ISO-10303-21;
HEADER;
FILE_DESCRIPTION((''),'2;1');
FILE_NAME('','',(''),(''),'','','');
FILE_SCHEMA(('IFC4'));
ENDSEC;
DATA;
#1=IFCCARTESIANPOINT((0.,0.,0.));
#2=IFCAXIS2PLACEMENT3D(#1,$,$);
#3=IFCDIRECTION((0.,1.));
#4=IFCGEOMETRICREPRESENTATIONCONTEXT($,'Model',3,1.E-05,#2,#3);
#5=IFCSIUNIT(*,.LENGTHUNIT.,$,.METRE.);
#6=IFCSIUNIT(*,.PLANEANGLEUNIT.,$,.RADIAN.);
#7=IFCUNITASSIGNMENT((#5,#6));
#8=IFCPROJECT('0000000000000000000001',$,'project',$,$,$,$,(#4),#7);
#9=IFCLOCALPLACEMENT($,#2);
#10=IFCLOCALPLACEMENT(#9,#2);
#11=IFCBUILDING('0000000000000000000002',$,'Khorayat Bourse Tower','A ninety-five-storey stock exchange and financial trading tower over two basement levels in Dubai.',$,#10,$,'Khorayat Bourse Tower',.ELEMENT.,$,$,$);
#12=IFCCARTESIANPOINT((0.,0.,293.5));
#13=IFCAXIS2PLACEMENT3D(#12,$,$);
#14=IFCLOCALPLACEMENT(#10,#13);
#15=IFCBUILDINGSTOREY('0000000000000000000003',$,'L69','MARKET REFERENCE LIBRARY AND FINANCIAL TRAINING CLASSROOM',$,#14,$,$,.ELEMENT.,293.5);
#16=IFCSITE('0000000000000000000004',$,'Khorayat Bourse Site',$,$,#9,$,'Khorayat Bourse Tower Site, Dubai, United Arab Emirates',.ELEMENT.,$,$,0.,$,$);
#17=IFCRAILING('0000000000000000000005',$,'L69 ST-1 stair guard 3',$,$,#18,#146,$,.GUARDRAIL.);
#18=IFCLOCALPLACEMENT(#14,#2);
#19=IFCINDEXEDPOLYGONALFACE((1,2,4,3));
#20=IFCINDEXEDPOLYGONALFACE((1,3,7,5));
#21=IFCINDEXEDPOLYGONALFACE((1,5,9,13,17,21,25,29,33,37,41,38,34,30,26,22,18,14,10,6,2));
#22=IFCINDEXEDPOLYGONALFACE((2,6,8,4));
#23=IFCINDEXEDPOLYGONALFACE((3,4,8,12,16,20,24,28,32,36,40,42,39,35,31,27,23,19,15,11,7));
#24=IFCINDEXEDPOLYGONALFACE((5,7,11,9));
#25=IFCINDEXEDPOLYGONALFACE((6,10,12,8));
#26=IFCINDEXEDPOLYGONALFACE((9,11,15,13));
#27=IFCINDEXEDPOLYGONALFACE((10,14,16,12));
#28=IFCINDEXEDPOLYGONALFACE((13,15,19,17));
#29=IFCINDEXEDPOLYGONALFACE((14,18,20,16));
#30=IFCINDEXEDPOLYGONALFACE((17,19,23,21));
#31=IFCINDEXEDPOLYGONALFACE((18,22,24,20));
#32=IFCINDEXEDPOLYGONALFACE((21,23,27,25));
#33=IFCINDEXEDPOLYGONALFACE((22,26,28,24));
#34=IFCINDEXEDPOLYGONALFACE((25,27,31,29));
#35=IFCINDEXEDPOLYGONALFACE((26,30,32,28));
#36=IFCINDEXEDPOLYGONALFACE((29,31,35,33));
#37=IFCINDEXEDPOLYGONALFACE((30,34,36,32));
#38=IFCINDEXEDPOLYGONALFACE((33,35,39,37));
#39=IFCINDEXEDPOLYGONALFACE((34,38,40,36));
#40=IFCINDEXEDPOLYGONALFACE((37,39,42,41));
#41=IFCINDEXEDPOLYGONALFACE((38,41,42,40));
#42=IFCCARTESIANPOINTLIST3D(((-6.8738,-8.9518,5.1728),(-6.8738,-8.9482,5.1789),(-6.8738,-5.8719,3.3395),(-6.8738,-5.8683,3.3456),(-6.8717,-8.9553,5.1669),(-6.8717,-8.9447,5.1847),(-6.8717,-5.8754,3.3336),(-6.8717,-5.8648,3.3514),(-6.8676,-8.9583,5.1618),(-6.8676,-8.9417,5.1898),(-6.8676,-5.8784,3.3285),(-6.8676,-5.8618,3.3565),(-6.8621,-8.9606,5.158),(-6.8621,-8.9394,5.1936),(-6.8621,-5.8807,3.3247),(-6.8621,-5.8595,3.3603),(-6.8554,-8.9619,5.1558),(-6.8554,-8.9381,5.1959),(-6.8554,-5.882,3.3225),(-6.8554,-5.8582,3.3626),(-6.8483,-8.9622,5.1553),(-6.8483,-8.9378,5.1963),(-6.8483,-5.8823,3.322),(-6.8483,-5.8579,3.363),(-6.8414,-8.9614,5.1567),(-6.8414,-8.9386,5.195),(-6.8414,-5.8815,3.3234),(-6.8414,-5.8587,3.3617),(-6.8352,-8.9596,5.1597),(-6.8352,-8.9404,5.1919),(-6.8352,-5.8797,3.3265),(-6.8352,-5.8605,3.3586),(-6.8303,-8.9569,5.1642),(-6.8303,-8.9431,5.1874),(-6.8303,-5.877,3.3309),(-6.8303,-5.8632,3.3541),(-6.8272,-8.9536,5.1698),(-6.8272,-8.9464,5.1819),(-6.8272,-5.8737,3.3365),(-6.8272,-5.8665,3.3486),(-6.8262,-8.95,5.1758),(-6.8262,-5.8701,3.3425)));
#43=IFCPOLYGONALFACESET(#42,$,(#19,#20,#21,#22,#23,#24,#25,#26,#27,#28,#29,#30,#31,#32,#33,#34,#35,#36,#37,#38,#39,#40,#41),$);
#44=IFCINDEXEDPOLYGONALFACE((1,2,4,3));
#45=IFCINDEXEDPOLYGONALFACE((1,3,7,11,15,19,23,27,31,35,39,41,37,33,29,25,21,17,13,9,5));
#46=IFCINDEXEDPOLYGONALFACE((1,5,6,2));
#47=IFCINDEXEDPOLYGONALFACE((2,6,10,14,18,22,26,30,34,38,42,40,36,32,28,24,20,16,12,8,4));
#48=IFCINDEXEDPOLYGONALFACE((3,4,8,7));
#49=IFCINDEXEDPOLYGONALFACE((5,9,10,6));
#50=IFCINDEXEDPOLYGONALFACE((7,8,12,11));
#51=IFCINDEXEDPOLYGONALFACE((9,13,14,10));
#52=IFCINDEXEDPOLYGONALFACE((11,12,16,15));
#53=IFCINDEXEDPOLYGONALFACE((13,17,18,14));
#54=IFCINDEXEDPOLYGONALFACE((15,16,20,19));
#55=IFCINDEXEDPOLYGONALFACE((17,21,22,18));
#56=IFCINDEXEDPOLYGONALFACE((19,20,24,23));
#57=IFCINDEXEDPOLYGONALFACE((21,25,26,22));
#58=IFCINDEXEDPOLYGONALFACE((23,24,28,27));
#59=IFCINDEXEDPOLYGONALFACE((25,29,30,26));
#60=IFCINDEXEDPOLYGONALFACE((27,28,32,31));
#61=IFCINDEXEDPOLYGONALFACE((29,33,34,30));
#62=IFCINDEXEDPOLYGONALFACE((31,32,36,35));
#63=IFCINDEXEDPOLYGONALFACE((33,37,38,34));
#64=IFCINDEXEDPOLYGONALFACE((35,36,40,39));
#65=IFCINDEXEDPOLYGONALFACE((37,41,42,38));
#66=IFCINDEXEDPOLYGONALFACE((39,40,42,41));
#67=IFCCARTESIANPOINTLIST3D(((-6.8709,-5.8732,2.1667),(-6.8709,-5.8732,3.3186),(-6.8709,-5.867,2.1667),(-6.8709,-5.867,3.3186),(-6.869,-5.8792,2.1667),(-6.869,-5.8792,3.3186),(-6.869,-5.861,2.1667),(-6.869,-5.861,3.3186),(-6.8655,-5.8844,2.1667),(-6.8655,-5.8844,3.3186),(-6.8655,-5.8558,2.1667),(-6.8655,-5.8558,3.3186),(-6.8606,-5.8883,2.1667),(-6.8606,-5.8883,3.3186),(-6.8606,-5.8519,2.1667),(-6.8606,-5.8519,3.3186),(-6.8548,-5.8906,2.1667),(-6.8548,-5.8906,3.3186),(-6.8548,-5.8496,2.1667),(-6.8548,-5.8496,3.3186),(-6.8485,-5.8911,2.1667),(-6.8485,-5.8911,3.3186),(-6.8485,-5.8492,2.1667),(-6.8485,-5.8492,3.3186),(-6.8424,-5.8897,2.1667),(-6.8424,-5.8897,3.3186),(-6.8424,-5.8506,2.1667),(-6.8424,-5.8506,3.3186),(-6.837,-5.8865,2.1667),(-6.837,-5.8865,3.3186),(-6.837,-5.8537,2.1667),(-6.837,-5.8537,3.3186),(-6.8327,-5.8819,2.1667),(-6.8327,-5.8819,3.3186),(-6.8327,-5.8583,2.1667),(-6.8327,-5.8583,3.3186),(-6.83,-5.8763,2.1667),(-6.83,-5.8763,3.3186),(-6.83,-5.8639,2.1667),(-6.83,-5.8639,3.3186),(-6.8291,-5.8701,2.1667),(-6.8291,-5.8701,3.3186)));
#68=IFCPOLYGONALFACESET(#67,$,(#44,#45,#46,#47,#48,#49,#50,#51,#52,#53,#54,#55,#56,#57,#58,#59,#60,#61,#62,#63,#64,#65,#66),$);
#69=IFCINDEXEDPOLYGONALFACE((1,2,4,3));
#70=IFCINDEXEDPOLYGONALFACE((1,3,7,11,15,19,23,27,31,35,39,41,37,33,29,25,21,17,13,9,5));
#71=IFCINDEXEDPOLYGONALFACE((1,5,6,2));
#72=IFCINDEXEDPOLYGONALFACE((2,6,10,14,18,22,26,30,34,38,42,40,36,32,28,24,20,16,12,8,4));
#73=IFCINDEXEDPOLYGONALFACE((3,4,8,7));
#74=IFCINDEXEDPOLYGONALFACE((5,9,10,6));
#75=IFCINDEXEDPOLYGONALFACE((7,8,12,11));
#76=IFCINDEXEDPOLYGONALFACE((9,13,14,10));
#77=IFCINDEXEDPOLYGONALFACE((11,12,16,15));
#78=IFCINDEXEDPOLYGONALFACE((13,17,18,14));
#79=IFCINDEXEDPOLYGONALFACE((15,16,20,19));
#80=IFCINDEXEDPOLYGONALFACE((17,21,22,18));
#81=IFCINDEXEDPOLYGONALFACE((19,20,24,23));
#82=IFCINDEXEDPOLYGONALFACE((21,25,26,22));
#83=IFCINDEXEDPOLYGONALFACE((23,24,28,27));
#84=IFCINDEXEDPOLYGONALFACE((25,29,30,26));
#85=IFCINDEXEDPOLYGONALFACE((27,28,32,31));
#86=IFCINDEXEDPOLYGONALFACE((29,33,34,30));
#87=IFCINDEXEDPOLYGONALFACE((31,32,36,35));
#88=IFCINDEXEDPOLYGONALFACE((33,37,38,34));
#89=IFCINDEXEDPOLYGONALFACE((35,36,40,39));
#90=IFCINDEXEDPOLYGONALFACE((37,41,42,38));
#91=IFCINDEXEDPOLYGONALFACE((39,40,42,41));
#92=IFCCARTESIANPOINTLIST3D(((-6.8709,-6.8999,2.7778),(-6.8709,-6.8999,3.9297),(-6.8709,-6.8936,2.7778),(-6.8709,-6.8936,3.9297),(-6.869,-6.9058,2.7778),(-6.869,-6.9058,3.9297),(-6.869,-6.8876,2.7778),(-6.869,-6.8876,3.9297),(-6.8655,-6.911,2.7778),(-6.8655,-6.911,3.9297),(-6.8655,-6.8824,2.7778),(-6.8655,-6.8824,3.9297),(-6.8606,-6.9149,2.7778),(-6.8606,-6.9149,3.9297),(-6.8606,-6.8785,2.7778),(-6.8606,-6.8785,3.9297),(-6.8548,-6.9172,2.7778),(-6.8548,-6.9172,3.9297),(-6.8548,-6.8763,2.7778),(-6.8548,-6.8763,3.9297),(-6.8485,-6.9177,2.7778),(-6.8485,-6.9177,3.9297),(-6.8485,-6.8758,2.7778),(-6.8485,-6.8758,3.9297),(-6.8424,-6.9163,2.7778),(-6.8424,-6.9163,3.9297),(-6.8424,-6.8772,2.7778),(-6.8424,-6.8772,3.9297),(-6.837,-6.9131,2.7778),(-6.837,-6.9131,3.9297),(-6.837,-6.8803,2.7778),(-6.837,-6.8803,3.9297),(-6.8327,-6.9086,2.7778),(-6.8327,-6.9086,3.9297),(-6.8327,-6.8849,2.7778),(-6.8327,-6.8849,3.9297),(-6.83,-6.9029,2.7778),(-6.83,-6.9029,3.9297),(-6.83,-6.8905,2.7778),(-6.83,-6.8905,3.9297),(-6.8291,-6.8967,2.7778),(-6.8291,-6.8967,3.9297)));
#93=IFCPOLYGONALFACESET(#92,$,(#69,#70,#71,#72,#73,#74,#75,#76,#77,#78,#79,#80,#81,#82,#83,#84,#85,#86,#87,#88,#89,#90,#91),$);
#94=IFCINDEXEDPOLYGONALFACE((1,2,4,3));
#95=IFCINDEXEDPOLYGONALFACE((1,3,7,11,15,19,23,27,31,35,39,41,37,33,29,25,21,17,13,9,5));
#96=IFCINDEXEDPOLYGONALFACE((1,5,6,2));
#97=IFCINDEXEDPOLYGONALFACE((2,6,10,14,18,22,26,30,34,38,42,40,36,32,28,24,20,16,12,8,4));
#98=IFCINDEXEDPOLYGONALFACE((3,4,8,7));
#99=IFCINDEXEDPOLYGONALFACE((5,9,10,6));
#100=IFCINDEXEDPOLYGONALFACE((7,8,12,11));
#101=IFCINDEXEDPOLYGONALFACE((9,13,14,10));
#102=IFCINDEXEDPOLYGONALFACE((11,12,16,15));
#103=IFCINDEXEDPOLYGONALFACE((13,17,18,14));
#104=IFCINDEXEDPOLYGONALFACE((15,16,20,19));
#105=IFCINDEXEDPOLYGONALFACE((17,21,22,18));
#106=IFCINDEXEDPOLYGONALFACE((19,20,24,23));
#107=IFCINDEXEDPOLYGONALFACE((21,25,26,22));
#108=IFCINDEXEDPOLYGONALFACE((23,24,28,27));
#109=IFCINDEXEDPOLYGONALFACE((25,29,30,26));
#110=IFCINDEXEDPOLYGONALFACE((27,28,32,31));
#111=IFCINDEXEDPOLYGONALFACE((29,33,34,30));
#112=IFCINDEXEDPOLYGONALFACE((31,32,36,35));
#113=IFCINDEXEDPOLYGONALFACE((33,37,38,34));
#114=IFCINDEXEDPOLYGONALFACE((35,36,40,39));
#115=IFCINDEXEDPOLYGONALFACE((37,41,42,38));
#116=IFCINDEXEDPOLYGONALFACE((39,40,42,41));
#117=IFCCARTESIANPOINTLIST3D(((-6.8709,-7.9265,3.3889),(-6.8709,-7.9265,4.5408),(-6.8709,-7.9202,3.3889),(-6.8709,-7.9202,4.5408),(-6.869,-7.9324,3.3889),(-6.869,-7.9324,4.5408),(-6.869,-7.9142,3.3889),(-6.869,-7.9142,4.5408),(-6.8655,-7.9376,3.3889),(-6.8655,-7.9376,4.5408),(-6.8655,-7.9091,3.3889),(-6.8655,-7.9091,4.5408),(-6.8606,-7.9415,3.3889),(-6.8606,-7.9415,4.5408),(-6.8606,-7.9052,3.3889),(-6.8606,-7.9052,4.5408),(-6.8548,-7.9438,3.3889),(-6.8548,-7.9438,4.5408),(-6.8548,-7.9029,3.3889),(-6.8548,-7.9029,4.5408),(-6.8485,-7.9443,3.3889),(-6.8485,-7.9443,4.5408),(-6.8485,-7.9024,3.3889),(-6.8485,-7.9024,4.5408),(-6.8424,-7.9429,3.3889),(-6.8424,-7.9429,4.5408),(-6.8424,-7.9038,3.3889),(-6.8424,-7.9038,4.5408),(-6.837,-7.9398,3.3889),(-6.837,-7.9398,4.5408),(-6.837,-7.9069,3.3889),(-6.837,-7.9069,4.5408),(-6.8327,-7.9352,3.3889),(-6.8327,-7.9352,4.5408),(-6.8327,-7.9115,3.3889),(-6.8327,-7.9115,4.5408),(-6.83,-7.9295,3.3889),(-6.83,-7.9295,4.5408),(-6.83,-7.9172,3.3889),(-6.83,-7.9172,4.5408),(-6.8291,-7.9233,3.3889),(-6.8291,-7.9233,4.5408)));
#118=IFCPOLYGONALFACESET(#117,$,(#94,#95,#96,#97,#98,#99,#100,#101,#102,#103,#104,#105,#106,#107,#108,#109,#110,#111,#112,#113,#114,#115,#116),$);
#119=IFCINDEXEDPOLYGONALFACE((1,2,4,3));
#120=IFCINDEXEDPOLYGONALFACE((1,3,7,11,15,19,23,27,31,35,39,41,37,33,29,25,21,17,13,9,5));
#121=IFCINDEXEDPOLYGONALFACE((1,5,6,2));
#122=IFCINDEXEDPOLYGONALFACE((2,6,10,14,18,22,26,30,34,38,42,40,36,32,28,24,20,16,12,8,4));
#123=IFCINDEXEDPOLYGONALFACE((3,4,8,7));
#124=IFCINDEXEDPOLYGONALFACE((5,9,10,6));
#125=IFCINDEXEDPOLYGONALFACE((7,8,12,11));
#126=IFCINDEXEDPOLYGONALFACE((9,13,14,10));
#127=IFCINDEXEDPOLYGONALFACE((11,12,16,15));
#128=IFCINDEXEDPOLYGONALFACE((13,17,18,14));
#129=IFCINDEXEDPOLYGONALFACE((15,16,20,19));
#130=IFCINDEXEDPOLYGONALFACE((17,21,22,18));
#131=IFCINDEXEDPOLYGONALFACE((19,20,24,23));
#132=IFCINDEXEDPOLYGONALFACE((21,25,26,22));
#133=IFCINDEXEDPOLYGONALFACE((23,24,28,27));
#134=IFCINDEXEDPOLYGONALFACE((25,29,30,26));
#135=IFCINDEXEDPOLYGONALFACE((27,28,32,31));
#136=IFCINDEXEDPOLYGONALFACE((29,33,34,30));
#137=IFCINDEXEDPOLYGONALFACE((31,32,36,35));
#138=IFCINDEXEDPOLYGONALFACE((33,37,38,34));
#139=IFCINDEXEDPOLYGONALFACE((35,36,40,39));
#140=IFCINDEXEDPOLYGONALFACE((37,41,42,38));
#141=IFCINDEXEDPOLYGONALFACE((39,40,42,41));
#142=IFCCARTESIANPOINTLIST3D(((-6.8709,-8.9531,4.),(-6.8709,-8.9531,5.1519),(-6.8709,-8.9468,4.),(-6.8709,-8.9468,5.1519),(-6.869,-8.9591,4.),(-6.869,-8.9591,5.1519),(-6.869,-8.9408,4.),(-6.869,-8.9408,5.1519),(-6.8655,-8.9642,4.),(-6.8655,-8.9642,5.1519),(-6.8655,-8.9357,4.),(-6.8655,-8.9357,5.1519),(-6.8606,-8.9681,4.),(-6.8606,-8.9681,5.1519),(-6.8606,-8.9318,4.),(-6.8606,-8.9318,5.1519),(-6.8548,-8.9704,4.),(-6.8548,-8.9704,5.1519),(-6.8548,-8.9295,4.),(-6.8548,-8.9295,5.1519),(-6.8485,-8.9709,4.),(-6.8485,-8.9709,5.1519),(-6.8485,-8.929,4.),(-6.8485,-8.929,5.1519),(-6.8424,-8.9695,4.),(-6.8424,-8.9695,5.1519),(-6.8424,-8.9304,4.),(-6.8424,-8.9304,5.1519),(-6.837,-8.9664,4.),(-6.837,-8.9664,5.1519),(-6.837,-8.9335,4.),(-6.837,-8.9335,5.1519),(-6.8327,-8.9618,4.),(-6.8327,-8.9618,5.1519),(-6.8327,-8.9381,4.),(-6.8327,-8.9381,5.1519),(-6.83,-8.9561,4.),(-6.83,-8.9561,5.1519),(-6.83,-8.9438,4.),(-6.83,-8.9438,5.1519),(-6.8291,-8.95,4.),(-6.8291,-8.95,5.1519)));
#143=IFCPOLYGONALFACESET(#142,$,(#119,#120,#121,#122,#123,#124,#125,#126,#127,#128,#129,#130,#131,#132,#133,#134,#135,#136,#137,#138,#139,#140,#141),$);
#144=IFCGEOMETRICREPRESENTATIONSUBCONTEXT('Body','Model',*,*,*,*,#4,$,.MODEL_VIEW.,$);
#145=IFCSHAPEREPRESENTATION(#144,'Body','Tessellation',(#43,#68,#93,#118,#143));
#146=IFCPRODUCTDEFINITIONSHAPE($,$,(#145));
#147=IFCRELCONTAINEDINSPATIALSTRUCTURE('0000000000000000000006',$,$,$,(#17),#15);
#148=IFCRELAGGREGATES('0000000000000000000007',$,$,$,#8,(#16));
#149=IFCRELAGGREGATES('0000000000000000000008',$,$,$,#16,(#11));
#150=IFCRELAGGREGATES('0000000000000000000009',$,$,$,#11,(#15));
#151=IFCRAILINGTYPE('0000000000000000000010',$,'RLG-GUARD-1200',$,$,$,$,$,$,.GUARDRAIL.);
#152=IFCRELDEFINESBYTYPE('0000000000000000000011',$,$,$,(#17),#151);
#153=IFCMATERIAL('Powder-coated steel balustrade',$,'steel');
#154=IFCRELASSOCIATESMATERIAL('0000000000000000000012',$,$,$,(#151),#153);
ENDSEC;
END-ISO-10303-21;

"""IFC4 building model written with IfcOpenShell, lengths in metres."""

from ifc_helpers import new_model, si_unit, direction, frame, origin, origin_2d, place, context, subcontext, project, spatial, circle, extrude, source, transform, mapped, material, type_object, element, save


model = new_model("IFC4")

# Units and contexts
model_context = context("Model", 3, precision=1e-05, world=origin(), true_north=direction((0.0, 1.0)))
body_context = subcontext(model_context, "Body", "Model", "MODEL_VIEW")
ifc_project = project(units=[si_unit("LENGTHUNIT", "METRE"), si_unit("PLANEANGLEUNIT", "RADIAN")], contexts=[model_context])

# Site, building, storey
site_placement = place(None, origin())
site = spatial("IfcSite", under=ifc_project, at=site_placement, Name="Khorayat Bourse Site", LongName="Khorayat Bourse Tower Site, Dubai, United Arab Emirates", CompositionType="ELEMENT", RefElevation=0.0)
building_placement = place(site_placement, origin())
building = spatial("IfcBuilding", under=site, at=building_placement, Name="Khorayat Bourse Tower", Description="A ninety-five-storey stock exchange and financial trading tower over two basement levels in Dubai.", LongName="Khorayat Bourse Tower", CompositionType="ELEMENT")
storey_placement = place(building_placement, frame((0.0, 0.0, 293.5)))
storey = spatial("IfcBuildingStorey", under=building, at=storey_placement, Name="L69", Description="MARKET REFERENCE LIBRARY AND FINANCIAL TRAINING CLASSROOM", CompositionType="ELEMENT", Elevation=293.5)

# Railing
ifc_material_1 = material(Name="Powder-coated steel balustrade", Category="steel")
railing_type_1 = type_object("IfcRailingType", Name="RLG-GUARD-1200", PredefinedType="GUARDRAIL", material=ifc_material_1)
shared_shape_1 = source(origin(), body_context, "Body", "SweptSolid", [
    extrude(circle(Radius=0.0239, at=origin_2d()), frame((0.0, 0.0, 1.1758), z_axis=(0.0, -0.859291, 0.511487), x_axis=(1.0, 0.0, 0.0)), (0.0, 0.0, 1.0), 3.5842),
    extrude(circle(Radius=0.021, at=origin_2d()), origin(), (0.0, 0.0, 1.0), 1.1519),
    extrude(circle(Radius=0.021, at=origin_2d()), frame((0.0, -1.0266, 0.6111)), (0.0, 0.0, 1.0), 1.1519),
    extrude(circle(Radius=0.021, at=origin_2d()), frame((0.0, -2.0532, 1.2222)), (0.0, 0.0, 1.0), 1.1519),
    extrude(circle(Radius=0.021, at=origin_2d()), frame((0.0, -3.0798, 1.8333)), (0.0, 0.0, 1.0), 1.1519),
])
railing_1_placement = place(storey_placement, frame((-6.8501, -5.8701, 2.1667)))
element("IfcRailing", 1, at=railing_1_placement, inside=storey, type_object=railing_type_1, Name="L69 ST-1 stair guard 3", PredefinedType="GUARDRAIL", context=body_context, shape_type="MappedRepresentation", body=[
    mapped(shared_shape_1, transform((0.0, 0.0, 0.0), scale=1.0)),
])

save(model, "model.ifc")
